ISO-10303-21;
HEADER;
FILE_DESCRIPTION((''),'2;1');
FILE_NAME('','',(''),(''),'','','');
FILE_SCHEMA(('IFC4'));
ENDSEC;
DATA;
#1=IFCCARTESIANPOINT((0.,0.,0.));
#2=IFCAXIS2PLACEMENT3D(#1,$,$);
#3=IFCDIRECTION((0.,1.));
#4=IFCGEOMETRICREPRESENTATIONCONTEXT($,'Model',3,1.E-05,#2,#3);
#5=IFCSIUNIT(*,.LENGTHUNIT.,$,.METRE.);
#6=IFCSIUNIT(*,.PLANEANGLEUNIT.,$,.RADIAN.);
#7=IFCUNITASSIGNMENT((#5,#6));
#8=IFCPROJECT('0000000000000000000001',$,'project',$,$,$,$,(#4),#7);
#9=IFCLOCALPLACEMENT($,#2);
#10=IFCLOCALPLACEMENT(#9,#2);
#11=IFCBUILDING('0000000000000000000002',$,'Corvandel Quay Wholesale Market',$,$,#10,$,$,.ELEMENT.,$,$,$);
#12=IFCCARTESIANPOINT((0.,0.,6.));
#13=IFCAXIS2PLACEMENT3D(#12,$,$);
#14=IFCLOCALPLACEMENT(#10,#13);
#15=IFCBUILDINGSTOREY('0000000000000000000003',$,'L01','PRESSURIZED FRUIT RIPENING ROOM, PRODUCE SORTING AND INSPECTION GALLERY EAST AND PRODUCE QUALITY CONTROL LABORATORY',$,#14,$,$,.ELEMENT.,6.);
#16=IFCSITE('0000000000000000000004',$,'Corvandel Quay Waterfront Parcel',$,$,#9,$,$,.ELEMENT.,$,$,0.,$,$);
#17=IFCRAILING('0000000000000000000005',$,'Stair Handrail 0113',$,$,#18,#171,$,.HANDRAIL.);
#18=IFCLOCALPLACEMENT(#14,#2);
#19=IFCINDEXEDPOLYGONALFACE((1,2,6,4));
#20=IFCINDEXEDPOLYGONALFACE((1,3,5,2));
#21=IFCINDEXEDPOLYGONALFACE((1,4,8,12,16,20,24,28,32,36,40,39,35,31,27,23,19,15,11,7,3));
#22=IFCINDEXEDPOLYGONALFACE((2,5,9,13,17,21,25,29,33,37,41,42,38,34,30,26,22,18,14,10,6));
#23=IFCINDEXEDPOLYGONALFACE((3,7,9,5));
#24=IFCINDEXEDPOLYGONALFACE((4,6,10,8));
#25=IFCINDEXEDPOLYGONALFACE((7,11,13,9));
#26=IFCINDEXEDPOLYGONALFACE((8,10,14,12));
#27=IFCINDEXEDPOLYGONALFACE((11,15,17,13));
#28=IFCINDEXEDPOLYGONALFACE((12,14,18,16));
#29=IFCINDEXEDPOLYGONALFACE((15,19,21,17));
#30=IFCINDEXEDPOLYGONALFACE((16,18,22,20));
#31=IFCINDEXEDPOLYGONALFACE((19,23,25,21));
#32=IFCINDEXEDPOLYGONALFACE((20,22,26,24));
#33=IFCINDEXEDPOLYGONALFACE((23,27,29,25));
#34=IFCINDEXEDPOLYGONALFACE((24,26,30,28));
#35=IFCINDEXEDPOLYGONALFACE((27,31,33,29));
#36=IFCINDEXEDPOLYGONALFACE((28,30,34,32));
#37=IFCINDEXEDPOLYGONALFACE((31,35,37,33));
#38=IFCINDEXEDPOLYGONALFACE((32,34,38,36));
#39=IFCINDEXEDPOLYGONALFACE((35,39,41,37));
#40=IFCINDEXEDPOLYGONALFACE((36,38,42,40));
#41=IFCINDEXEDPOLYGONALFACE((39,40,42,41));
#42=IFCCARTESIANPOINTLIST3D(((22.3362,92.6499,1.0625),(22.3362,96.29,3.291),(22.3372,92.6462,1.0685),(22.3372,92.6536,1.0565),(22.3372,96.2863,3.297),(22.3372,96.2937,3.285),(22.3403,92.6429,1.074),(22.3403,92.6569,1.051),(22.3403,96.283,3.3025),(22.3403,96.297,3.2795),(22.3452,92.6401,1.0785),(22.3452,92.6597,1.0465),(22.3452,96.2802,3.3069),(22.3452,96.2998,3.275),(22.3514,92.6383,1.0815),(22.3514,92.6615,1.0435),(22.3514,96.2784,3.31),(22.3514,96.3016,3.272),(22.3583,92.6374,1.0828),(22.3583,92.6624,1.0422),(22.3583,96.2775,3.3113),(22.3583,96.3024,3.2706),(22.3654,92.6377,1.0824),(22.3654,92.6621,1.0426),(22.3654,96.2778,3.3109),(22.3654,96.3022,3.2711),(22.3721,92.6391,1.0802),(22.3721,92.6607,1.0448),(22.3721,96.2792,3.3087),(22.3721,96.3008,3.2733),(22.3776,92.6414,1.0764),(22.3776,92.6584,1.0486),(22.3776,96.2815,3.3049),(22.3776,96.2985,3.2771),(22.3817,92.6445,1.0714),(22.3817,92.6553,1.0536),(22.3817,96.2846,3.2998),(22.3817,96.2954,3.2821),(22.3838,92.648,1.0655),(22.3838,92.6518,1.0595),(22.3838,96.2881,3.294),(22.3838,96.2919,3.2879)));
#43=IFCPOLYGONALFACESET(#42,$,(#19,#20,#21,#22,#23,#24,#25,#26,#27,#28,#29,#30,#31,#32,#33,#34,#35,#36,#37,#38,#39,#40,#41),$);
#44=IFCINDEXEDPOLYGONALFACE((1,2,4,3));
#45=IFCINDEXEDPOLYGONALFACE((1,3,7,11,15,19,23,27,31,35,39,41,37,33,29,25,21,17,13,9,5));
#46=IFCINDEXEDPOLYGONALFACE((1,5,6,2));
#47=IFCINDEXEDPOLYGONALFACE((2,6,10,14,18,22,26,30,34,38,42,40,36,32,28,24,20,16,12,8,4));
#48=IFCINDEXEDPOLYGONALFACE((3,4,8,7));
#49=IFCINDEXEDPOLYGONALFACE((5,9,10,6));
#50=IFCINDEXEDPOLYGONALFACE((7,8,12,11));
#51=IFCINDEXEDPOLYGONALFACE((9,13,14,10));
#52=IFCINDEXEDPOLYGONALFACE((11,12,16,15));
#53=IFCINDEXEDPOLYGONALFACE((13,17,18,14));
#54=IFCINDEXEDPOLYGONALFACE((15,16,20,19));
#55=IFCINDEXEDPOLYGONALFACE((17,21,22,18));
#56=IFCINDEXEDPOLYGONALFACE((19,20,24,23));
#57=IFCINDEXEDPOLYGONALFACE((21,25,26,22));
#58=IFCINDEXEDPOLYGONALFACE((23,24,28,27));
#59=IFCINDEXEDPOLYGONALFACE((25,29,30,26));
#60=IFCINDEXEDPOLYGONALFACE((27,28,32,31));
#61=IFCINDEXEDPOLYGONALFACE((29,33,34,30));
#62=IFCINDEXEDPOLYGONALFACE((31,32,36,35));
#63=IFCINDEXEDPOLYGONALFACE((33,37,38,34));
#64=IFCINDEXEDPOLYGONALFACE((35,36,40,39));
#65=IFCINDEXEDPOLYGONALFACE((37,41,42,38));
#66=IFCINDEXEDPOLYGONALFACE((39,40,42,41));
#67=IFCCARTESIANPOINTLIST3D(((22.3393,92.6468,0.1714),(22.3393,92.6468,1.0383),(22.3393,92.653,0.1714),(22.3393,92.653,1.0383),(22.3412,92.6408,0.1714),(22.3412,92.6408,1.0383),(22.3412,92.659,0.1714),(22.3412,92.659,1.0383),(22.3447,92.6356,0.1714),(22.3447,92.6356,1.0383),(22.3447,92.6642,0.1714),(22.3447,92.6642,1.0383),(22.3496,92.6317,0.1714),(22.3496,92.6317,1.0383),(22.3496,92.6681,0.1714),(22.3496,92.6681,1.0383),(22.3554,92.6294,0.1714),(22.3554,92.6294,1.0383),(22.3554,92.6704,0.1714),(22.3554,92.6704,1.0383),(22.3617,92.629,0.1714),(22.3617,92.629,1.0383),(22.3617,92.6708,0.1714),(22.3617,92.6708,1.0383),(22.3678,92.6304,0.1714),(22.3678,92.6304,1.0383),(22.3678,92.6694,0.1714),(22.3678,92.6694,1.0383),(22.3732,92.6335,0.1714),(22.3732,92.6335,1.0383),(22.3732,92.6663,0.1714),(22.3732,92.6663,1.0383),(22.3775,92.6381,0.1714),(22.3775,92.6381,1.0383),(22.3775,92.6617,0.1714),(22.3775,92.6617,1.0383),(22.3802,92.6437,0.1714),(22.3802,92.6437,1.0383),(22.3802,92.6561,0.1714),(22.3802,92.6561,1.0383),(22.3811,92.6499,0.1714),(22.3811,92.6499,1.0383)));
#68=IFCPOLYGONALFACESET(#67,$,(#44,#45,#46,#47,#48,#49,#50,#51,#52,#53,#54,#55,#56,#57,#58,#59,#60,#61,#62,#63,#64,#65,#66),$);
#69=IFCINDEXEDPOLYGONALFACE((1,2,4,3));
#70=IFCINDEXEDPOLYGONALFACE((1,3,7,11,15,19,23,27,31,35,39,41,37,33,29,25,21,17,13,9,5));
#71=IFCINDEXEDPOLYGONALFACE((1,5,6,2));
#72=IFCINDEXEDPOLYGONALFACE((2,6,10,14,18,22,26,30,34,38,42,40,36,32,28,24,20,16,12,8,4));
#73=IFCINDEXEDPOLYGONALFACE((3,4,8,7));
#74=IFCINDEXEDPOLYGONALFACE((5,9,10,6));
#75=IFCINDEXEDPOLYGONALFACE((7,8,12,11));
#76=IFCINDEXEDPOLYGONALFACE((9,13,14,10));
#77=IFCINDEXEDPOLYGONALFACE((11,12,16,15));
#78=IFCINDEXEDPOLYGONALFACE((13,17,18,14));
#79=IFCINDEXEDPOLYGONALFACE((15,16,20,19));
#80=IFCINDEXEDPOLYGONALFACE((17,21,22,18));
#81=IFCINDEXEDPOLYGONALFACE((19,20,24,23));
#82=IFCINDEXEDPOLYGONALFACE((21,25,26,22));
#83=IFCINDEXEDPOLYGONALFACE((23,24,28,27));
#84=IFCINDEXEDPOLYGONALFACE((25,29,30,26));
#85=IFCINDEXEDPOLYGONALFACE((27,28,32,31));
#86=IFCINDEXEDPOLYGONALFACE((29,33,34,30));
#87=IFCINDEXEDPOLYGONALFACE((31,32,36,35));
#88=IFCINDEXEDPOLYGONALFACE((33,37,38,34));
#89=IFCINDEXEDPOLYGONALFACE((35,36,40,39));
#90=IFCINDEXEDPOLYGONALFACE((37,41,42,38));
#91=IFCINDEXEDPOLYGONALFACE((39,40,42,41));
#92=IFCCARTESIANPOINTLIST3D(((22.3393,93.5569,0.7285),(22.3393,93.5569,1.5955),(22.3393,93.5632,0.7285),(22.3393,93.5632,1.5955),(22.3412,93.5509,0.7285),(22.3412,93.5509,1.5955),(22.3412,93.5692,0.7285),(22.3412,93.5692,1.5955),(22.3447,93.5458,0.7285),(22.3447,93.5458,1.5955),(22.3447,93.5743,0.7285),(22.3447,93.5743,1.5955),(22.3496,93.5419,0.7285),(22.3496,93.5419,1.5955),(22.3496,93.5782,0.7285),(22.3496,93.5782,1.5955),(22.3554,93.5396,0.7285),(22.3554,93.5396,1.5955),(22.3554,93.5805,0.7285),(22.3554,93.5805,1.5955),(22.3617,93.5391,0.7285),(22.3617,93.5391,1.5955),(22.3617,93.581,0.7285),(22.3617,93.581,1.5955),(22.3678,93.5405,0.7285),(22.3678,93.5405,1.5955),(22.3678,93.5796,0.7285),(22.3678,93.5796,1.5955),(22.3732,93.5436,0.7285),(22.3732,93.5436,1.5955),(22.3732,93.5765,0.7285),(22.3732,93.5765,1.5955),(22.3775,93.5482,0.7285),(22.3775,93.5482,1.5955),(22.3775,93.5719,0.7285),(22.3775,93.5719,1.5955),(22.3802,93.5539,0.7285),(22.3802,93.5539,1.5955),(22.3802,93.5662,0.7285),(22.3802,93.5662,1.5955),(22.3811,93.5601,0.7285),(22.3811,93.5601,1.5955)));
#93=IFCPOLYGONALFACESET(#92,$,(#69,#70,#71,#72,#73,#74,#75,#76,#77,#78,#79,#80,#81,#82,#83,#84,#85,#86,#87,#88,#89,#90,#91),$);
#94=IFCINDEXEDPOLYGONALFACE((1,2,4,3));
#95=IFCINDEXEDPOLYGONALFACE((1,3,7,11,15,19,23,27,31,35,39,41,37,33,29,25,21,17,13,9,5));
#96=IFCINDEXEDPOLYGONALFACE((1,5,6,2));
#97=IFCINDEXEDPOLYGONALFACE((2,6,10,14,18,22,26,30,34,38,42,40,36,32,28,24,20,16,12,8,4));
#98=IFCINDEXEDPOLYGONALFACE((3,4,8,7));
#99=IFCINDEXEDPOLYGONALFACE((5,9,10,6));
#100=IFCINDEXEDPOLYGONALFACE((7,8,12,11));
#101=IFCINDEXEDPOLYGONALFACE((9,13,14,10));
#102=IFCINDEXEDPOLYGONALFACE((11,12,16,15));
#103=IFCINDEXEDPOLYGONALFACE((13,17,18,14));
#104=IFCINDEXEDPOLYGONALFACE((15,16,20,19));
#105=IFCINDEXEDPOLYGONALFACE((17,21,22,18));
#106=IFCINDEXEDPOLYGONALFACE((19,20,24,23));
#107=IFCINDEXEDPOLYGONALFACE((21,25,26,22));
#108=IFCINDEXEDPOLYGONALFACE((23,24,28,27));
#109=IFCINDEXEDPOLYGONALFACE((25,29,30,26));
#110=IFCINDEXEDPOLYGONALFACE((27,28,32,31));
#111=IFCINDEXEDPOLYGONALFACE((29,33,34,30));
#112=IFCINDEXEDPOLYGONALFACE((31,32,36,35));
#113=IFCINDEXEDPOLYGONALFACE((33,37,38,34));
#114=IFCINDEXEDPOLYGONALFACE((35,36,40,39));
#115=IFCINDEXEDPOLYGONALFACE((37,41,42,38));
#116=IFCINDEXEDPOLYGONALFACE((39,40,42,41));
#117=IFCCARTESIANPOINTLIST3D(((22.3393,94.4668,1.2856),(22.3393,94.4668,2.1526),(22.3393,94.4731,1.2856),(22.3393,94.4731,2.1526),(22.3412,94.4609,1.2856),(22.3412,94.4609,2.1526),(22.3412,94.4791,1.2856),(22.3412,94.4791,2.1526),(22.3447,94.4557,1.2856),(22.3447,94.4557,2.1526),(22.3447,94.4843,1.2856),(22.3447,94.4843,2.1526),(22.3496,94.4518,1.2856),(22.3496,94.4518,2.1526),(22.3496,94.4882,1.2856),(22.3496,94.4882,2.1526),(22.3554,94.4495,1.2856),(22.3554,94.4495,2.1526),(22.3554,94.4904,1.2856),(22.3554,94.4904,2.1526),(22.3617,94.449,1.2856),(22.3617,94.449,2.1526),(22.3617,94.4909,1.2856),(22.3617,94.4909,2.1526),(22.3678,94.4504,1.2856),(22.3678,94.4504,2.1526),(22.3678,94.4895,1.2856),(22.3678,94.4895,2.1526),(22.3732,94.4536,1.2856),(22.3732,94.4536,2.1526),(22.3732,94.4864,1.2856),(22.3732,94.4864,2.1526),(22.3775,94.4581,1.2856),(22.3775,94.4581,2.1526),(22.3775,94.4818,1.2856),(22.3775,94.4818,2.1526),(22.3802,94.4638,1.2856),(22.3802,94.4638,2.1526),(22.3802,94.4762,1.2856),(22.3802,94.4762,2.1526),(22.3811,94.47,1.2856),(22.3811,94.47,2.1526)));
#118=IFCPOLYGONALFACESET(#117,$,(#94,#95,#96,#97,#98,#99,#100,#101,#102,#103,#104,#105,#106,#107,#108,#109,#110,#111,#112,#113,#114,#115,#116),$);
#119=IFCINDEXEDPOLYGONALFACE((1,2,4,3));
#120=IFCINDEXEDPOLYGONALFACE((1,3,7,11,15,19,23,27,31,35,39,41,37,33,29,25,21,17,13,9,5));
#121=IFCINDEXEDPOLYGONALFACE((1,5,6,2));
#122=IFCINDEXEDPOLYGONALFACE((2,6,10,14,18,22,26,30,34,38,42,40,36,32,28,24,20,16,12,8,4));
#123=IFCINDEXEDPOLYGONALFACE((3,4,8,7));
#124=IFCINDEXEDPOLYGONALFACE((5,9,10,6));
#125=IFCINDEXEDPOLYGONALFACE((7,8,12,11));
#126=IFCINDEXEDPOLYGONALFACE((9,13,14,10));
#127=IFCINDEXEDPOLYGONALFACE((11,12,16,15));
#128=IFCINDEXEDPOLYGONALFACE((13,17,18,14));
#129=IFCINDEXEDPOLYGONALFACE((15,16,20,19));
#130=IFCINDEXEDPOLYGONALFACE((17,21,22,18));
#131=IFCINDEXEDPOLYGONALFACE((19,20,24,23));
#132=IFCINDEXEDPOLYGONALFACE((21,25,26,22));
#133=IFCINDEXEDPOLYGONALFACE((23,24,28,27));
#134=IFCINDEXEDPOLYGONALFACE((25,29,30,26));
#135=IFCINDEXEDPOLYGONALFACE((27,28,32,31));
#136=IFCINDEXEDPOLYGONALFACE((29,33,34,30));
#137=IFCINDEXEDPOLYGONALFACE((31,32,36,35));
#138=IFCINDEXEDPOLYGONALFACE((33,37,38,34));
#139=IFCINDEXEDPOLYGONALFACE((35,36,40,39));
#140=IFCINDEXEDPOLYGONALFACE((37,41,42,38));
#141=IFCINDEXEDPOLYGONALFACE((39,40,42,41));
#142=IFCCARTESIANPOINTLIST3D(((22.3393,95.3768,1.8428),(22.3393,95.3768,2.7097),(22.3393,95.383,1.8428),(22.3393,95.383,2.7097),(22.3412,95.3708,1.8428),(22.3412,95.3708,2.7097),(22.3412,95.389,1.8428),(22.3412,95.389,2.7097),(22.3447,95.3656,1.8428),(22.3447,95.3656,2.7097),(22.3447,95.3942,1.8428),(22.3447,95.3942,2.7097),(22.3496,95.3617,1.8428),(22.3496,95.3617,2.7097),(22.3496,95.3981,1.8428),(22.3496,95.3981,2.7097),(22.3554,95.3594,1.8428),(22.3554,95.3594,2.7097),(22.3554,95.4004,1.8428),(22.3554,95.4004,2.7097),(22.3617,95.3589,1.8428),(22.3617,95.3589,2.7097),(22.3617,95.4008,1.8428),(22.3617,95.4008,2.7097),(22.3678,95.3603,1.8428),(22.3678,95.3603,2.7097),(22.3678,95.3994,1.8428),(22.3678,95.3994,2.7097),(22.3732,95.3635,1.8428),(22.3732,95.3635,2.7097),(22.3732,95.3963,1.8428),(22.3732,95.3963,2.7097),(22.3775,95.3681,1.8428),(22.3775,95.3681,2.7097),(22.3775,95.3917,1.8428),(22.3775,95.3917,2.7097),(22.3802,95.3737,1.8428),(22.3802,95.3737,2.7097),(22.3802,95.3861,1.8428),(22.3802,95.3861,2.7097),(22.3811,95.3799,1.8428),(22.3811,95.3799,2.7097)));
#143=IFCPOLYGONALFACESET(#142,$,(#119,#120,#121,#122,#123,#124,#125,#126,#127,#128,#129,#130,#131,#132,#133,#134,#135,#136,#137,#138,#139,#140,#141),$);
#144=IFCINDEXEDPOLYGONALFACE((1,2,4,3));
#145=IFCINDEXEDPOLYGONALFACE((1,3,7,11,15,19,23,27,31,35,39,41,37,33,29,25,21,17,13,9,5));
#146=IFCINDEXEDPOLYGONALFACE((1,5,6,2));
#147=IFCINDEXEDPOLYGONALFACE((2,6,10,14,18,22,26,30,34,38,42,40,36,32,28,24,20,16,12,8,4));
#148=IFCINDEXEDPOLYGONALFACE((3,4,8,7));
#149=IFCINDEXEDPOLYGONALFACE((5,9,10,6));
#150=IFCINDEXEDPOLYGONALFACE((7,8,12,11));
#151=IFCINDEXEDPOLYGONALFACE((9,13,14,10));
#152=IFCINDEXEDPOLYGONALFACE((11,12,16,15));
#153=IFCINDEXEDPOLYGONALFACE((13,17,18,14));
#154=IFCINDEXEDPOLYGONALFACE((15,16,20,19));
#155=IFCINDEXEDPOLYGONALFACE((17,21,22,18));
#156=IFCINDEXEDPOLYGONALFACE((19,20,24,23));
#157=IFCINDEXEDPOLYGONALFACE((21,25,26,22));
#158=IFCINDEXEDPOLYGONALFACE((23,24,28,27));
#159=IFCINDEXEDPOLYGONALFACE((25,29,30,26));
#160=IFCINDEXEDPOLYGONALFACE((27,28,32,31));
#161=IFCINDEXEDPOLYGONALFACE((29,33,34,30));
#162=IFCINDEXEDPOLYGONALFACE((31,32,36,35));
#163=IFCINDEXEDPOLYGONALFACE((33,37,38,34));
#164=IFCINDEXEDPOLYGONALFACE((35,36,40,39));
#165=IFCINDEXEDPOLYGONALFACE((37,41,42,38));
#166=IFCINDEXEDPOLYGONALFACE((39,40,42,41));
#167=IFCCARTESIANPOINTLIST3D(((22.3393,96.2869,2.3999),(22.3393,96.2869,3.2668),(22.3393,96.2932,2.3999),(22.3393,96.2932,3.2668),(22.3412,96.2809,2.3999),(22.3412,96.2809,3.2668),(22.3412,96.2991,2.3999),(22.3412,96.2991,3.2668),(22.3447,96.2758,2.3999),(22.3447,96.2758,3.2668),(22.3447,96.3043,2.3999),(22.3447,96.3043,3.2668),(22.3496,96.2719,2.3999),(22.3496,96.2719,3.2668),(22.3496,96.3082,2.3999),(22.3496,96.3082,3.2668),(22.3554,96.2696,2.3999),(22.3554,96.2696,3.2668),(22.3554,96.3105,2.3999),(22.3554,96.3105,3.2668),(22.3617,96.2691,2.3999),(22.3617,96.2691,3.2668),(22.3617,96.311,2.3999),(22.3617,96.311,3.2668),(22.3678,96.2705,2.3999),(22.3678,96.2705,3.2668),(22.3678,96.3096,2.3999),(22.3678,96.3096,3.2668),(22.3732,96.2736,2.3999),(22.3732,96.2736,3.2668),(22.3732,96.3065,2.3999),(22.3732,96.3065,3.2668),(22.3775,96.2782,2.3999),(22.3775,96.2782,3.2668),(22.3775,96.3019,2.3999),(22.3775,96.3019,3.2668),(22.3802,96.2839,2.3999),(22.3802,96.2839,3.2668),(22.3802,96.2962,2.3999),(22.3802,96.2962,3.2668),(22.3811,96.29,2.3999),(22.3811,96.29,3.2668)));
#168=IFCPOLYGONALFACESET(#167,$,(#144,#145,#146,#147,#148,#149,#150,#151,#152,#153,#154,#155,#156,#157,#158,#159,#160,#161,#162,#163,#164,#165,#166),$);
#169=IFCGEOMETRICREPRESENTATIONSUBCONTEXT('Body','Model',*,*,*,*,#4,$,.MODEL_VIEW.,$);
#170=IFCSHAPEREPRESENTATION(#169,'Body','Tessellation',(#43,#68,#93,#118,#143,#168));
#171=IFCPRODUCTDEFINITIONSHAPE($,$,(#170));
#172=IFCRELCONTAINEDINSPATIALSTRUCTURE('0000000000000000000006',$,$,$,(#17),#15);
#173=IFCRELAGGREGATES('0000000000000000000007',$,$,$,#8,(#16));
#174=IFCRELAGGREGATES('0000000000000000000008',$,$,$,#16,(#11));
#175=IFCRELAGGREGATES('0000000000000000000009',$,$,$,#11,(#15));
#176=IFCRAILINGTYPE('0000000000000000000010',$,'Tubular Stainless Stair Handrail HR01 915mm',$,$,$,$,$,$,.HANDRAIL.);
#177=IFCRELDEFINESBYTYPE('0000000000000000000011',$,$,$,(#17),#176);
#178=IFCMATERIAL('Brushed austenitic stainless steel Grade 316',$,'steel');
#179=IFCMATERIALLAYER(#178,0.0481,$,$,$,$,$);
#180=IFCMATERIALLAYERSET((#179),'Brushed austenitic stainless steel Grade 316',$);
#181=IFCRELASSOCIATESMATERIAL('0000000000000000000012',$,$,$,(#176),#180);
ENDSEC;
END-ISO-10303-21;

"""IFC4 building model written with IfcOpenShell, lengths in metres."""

from ifc_helpers import new_model, si_unit, direction, frame, origin, origin_2d, place, context, subcontext, project, spatial, circle, extrude, material, layer, layer_set, type_object, element, save


model = new_model("IFC4")

# Units and contexts
model_context = context("Model", 3, precision=1e-05, world=origin(), true_north=direction((0.0, 1.0)))
body_context = subcontext(model_context, "Body", "Model", "MODEL_VIEW")
ifc_project = project(units=[si_unit("LENGTHUNIT", "METRE"), si_unit("PLANEANGLEUNIT", "RADIAN")], contexts=[model_context])

# Site, building, storey
site_placement = place(None, origin())
site = spatial("IfcSite", under=ifc_project, at=site_placement, Name="Corvandel Quay Waterfront Parcel", CompositionType="ELEMENT", RefElevation=0.0)
building_placement = place(site_placement, origin())
building = spatial("IfcBuilding", under=site, at=building_placement, Name="Corvandel Quay Wholesale Market", CompositionType="ELEMENT")
storey_placement = place(building_placement, frame((0.0, 0.0, 6.0)))
storey = spatial("IfcBuildingStorey", under=building, at=storey_placement, Name="L01", Description="PRESSURIZED FRUIT RIPENING ROOM, PRODUCE SORTING AND INSPECTION GALLERY EAST AND PRODUCE QUALITY CONTROL LABORATORY", CompositionType="ELEMENT", Elevation=6.0)

# Railing
ifc_material_1 = material(Name="Brushed austenitic stainless steel Grade 316", Category="steel")
ifc_layer_1 = layer(ifc_material_1, 0.0481)
ifc_layer_set_1 = layer_set([ifc_layer_1], Name="Brushed austenitic stainless steel Grade 316")
railing_type_1 = type_object("IfcRailingType", Name="Tubular Stainless Stair Handrail HR01 915mm", PredefinedType="HANDRAIL", material=ifc_layer_set_1)
for number, where, name in (
    (1, (22.3601, 92.6499, 0.1714), "Stair Handrail 0113"),
):
    element("IfcRailing", number, at=place(storey_placement, frame(where)), inside=storey, type_object=railing_type_1, Name=name, PredefinedType="HANDRAIL", context=body_context, shape_type="SweptSolid", body=[
        extrude(circle(Radius=0.0239, at=origin_2d()), frame((0.0, 0.0, 0.8911), z_axis=(0.0, 0.852866, 0.52213), x_axis=(-1.0, 0.0, 0.0)), (0.0, 0.0, 1.0), 4.2681),
        extrude(circle(Radius=0.021, at=origin_2d()), origin(), (0.0, 0.0, 1.0), 0.8669),
        extrude(circle(Radius=0.021, at=origin_2d()), frame((0.0, 0.9102, 0.5571)), (0.0, 0.0, 1.0), 0.8669),
        extrude(circle(Radius=0.021, at=origin_2d()), frame((0.0, 1.8201, 1.1143)), (0.0, 0.0, 1.0), 0.8669),
        extrude(circle(Radius=0.021, at=origin_2d()), frame((0.0, 2.73, 1.6714)), (0.0, 0.0, 1.0), 0.8669),
        extrude(circle(Radius=0.021, at=origin_2d()), frame((0.0, 3.6401, 2.2285)), (0.0, 0.0, 1.0), 0.8669),
    ])

save(model, "model.ifc")
